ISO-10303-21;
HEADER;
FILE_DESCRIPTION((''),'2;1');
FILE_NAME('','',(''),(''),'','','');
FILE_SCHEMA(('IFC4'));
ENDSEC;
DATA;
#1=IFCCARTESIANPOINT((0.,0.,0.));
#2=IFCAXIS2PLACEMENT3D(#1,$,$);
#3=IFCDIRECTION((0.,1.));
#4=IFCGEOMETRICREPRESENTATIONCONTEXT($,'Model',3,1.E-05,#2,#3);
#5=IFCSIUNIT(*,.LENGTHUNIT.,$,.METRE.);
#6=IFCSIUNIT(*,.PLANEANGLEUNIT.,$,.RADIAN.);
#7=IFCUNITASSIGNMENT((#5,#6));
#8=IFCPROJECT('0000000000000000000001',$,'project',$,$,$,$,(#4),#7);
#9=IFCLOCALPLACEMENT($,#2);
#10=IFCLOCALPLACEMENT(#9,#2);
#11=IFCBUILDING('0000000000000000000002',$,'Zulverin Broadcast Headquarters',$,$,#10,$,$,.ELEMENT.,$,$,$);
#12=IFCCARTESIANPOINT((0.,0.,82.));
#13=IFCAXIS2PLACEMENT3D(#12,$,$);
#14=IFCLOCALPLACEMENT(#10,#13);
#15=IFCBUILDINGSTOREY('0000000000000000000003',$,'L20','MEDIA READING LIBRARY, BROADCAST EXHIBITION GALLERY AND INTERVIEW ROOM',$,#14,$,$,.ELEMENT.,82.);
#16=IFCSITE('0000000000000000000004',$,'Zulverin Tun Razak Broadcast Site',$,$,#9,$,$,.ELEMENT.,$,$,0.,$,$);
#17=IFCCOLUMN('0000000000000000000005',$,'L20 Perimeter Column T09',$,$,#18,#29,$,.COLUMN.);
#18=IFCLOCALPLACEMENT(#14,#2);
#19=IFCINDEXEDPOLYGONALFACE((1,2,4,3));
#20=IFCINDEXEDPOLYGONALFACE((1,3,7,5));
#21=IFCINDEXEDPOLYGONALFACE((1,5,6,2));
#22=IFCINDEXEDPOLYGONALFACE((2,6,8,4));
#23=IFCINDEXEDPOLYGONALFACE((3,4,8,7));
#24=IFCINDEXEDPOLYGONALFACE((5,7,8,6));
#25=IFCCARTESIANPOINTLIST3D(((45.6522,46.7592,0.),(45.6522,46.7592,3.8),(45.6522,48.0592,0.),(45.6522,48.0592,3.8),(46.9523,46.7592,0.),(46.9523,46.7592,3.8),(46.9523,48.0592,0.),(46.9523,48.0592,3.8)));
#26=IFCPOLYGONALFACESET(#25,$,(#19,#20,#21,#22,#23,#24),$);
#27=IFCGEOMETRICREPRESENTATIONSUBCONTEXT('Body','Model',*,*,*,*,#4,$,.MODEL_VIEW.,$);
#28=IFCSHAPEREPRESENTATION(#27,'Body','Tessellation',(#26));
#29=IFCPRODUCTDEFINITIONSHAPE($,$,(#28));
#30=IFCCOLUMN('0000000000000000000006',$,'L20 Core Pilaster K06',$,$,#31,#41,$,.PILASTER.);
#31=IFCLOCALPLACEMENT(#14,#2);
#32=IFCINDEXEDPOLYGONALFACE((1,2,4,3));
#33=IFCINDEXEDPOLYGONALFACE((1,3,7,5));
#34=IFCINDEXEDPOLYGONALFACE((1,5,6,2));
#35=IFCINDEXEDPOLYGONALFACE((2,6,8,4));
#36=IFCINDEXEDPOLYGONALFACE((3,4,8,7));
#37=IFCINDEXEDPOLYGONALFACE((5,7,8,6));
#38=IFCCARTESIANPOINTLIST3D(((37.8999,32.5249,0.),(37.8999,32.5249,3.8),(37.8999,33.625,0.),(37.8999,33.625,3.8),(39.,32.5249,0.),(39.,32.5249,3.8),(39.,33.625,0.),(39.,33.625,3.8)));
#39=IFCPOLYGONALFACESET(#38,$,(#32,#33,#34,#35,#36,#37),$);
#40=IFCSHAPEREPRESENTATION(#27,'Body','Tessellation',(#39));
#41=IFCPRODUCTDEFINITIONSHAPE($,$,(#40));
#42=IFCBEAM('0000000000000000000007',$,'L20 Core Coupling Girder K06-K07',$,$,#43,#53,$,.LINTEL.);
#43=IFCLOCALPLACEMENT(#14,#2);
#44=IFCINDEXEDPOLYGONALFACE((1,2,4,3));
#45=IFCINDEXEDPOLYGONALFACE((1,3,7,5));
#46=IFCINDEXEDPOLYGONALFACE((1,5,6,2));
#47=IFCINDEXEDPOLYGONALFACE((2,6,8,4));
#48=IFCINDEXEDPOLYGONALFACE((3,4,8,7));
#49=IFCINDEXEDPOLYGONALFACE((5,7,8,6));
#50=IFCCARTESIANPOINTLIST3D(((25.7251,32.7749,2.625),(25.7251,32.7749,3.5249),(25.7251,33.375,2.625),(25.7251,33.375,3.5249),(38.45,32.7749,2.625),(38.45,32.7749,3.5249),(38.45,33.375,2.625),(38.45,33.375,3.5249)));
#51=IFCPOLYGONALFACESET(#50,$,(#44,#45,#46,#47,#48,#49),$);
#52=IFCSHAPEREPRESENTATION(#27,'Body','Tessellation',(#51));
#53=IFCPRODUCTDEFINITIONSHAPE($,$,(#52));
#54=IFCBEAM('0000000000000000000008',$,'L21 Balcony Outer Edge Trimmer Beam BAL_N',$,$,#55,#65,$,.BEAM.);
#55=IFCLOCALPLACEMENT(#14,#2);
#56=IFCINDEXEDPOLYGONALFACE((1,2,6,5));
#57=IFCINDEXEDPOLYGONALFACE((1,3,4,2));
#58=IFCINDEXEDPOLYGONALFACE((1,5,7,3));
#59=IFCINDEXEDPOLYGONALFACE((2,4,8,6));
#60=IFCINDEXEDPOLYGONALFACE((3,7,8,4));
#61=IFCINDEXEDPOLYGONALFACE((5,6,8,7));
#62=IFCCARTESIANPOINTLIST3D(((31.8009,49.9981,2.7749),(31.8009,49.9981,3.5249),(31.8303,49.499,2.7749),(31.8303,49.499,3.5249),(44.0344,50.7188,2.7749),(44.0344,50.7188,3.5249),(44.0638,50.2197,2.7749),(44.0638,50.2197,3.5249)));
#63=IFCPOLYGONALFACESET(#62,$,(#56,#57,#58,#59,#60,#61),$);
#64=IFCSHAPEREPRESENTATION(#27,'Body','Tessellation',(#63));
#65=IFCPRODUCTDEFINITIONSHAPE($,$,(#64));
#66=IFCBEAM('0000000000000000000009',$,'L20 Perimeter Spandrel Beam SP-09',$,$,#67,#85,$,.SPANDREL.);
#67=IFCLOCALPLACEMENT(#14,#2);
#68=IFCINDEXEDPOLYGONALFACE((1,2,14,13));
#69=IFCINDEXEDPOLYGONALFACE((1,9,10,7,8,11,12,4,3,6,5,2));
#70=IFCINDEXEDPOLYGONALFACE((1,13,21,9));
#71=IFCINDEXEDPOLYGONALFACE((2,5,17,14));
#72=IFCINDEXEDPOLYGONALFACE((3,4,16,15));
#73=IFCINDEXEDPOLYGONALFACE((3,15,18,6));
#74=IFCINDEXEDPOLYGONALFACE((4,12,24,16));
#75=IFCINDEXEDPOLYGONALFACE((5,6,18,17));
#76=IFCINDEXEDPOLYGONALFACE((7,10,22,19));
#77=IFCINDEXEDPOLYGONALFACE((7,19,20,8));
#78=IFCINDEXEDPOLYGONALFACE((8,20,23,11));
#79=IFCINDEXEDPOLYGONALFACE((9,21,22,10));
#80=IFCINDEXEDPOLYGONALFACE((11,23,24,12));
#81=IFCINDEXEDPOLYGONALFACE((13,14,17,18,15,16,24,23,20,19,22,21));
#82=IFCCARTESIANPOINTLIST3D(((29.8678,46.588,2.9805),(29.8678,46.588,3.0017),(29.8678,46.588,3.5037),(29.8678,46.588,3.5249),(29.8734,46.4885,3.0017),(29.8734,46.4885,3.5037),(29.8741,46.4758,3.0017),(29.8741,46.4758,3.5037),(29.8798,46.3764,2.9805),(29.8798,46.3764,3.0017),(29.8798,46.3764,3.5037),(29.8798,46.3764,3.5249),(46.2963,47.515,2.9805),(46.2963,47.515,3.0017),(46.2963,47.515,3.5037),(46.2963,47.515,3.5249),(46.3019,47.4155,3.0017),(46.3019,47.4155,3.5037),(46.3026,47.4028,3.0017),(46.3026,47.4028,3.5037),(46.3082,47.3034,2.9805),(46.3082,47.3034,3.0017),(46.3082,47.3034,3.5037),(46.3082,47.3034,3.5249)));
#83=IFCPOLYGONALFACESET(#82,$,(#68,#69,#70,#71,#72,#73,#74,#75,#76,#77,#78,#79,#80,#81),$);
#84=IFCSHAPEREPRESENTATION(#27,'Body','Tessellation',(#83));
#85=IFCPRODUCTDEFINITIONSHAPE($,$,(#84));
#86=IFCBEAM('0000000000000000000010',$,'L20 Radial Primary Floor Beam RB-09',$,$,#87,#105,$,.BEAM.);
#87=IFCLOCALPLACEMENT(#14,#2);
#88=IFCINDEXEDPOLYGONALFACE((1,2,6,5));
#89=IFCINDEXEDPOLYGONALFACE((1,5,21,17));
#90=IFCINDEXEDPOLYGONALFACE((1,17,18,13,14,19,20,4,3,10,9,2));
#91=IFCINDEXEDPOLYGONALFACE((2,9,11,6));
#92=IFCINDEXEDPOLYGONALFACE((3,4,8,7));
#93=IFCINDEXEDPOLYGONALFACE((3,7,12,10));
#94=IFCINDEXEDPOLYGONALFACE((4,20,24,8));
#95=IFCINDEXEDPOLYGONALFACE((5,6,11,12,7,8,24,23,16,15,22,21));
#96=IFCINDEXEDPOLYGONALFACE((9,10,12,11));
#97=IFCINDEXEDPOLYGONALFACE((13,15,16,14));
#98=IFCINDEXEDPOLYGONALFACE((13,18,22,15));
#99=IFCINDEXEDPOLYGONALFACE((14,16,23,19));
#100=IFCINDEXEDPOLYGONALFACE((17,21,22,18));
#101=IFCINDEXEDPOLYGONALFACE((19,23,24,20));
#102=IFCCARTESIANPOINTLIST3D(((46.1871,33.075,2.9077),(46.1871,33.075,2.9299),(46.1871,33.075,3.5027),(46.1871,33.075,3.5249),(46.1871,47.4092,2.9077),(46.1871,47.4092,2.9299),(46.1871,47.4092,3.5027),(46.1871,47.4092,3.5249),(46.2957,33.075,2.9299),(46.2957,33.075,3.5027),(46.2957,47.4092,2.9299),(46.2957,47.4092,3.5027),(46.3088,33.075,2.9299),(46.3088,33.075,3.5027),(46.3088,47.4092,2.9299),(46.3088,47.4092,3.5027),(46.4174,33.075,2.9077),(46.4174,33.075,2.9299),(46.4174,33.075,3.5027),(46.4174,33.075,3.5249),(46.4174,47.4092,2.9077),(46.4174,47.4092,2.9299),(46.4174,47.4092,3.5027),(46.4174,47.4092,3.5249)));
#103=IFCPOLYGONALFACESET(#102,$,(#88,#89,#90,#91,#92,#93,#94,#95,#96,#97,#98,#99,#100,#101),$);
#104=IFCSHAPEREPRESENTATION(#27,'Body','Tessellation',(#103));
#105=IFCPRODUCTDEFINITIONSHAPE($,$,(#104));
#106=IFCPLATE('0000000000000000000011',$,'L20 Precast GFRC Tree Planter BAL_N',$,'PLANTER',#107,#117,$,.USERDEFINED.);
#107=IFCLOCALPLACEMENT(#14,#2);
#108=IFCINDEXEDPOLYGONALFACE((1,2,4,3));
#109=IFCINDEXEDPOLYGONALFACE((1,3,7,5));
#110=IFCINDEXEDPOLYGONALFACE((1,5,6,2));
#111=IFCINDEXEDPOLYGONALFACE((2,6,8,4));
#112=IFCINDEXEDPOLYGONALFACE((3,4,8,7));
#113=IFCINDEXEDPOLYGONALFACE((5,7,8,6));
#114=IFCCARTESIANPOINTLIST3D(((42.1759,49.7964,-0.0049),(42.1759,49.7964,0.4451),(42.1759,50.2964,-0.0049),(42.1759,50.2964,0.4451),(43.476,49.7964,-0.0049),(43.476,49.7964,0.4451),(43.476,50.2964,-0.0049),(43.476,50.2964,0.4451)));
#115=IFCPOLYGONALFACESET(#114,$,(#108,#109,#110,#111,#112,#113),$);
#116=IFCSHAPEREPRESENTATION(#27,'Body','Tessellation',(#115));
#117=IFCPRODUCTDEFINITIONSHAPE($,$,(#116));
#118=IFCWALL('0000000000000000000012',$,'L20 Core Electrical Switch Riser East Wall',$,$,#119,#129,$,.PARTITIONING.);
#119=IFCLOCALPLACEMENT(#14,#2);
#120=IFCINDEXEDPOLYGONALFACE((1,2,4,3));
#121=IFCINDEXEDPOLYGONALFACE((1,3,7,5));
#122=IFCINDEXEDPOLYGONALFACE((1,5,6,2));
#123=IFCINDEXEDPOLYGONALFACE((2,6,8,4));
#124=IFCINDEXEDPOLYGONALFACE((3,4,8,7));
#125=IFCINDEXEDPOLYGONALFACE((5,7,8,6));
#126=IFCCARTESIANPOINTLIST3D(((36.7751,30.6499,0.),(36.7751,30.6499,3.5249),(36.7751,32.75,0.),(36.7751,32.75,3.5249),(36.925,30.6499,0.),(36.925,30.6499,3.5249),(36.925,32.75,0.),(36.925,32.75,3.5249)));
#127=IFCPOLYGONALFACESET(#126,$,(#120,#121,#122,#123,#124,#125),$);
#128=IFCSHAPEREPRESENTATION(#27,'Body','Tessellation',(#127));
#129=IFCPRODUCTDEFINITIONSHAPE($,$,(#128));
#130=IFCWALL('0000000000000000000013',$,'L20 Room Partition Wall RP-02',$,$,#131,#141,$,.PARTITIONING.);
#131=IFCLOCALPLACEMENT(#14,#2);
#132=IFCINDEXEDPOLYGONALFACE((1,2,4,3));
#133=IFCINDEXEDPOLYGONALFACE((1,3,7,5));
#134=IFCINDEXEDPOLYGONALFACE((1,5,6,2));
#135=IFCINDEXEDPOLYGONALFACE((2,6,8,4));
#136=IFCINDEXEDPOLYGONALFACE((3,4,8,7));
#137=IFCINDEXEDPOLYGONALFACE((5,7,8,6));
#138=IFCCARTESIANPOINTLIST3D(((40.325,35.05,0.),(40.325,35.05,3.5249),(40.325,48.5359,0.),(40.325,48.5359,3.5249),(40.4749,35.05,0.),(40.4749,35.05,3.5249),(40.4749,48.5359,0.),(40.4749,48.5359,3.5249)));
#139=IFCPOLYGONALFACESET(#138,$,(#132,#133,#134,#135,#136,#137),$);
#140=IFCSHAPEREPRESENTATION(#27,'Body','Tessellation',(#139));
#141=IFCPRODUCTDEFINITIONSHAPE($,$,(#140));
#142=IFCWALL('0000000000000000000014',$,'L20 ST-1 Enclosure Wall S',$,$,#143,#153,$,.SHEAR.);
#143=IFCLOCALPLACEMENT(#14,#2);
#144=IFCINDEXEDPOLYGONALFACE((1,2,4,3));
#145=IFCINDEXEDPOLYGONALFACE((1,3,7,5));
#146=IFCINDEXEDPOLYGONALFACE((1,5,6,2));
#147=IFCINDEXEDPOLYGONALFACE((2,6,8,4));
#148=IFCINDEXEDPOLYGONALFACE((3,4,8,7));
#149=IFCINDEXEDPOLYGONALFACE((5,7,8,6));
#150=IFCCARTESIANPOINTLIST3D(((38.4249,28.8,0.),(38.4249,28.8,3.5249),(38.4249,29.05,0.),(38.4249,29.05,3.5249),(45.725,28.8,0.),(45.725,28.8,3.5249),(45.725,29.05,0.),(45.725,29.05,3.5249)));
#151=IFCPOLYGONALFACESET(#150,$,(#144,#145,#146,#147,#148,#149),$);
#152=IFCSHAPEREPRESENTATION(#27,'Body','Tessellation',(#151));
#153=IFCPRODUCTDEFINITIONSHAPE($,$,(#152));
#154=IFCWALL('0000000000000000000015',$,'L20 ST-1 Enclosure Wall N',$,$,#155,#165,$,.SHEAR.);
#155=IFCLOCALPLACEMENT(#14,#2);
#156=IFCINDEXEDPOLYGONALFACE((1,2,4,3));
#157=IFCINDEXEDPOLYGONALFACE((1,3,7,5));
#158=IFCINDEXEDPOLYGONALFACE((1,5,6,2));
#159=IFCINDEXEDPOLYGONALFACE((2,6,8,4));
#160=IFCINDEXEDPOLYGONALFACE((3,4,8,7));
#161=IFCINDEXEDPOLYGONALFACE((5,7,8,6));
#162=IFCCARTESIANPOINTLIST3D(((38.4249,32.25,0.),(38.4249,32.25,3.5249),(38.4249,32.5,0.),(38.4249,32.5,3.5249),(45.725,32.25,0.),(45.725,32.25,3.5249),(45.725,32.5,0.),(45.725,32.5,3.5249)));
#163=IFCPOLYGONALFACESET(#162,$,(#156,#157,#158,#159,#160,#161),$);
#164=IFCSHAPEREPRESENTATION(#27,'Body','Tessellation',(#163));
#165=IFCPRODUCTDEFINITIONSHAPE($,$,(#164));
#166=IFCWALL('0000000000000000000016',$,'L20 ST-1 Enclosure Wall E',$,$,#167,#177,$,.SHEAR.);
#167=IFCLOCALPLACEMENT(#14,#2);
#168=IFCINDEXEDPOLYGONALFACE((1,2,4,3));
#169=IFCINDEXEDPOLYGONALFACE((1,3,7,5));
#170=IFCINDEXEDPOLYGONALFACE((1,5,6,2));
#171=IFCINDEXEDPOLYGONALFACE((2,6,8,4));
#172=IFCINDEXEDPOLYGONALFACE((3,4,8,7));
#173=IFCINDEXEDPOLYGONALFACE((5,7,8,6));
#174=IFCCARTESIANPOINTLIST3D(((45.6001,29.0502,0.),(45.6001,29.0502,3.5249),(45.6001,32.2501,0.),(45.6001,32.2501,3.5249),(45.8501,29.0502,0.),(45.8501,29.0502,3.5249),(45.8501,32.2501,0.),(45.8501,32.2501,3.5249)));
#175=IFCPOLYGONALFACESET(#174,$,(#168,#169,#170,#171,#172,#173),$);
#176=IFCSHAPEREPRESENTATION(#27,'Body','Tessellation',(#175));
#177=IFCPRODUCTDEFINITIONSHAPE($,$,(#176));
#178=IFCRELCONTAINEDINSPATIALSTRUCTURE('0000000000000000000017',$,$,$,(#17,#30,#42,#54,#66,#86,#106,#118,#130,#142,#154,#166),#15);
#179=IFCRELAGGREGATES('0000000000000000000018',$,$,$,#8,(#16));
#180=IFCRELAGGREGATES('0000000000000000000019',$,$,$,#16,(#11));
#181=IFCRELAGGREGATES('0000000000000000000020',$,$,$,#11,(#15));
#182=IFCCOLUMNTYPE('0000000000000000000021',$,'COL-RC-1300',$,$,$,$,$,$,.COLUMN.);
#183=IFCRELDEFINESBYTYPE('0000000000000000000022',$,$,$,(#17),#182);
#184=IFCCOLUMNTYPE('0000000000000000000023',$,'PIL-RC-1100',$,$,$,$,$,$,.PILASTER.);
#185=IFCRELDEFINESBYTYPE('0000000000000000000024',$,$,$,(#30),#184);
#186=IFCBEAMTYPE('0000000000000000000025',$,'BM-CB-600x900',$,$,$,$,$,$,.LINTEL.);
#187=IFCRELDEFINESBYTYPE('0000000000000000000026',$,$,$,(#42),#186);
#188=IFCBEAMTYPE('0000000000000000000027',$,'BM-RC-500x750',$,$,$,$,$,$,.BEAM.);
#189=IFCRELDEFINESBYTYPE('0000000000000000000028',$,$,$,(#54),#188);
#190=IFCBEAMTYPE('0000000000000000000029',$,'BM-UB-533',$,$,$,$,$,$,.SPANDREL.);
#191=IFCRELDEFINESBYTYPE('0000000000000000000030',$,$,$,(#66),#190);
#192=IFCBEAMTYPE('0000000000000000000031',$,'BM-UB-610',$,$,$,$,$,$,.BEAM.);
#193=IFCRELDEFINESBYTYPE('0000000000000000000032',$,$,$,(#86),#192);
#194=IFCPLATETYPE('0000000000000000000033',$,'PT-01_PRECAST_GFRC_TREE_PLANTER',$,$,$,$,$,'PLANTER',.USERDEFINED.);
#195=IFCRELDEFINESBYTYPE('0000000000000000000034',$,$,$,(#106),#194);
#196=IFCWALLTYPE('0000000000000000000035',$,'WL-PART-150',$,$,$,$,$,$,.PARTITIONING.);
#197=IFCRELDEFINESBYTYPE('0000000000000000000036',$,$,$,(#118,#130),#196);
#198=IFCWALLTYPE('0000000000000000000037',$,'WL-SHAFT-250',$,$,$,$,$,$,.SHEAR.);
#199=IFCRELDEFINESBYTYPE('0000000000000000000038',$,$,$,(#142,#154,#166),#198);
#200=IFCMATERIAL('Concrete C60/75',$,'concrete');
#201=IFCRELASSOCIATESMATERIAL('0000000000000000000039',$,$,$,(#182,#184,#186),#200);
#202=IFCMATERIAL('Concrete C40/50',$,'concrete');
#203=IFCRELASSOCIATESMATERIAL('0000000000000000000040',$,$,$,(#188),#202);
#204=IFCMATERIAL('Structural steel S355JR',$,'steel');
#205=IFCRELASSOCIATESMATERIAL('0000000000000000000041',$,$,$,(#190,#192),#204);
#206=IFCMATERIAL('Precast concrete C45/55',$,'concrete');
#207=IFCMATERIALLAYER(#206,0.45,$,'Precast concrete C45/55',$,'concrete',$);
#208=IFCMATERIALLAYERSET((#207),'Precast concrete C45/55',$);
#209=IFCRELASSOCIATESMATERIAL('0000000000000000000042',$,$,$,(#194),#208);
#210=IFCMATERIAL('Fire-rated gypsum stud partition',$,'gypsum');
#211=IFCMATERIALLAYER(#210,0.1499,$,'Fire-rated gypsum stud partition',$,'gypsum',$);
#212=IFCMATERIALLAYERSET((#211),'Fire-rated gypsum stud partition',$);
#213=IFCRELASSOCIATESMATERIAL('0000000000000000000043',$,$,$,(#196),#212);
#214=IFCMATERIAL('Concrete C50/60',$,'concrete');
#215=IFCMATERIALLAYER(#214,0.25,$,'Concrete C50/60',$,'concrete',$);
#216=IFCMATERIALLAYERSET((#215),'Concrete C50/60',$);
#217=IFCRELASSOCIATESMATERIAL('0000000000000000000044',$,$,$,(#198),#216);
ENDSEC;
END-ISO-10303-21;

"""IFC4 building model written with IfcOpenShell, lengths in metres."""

from ifc_helpers import new_model, si_unit, direction, frame, frame_2d, origin, origin_2d, place, context, subcontext, project, spatial, rectangle, i_section, extrude, material, layer, layer_set, material_profile, profile_set, type_object, element, save


model = new_model("IFC4")

# Units and contexts
model_context = context("Model", 3, precision=1e-05, world=origin(), true_north=direction((0.0, 1.0)))
body_context = subcontext(model_context, "Body", "Model", "MODEL_VIEW")
ifc_project = project(units=[si_unit("LENGTHUNIT", "METRE"), si_unit("PLANEANGLEUNIT", "RADIAN")], contexts=[model_context])

# Site, building, storey
site_placement = place(None, origin())
site = spatial("IfcSite", under=ifc_project, at=site_placement, Name="Zulverin Tun Razak Broadcast Site", CompositionType="ELEMENT", RefElevation=0.0)
building_placement = place(site_placement, origin())
building = spatial("IfcBuilding", under=site, at=building_placement, Name="Zulverin Broadcast Headquarters", CompositionType="ELEMENT")
storey_placement = place(building_placement, frame((0.0, 0.0, 82.0)))
storey = spatial("IfcBuildingStorey", under=building, at=storey_placement, Name="L20", Description="MEDIA READING LIBRARY, BROADCAST EXHIBITION GALLERY AND INTERVIEW ROOM", CompositionType="ELEMENT", Elevation=82.0)

# Columns
ifc_material_1 = material(Name="Concrete C60/75", Category="concrete")
ifc_material_profile_1 = material_profile(ifc_material_1, rectangle(XDim=1.3, YDim=1.3, at=origin_2d()), Name="Concrete C60/75", Category="concrete")
ifc_profile_set_1 = profile_set([ifc_material_profile_1], Name="Concrete C60/75")
column_type_1 = type_object("IfcColumnType", Name="COL-RC-1300", PredefinedType="COLUMN", material=ifc_profile_set_1)
column_1_placement = place(storey_placement, frame((46.3022, 47.4092, 0.0), z_axis=(0.0, 0.0, 1.0), x_axis=(1.0, 0.0, 0.0)))
element("IfcColumn", 1, at=column_1_placement, inside=storey, type_object=column_type_1, Name="L20 Perimeter Column T09", PredefinedType="COLUMN", context=body_context, shape_type="SweptSolid", body=[
    extrude(rectangle(XDim=1.3, YDim=1.3, at=origin_2d()), origin(), (0.0, 0.0, 1.0), 3.8),
])
ifc_material_profile_2 = material_profile(ifc_material_1, rectangle(XDim=1.1001, YDim=1.1001, at=origin_2d()), Name="Concrete C60/75", Category="concrete")
ifc_profile_set_2 = profile_set([ifc_material_profile_2], Name="Concrete C60/75")
column_type_2 = type_object("IfcColumnType", Name="PIL-RC-1100", PredefinedType="PILASTER", material=ifc_profile_set_2)
column_2_placement = place(storey_placement, frame((38.45, 33.075, 0.0), z_axis=(0.0, 0.0, 1.0), x_axis=(1.0, 0.0, 0.0)))
element("IfcColumn", 2, at=column_2_placement, inside=storey, type_object=column_type_2, Name="L20 Core Pilaster K06", PredefinedType="PILASTER", context=body_context, shape_type="SweptSolid", body=[
    extrude(rectangle(XDim=1.1001, YDim=1.1001, at=origin_2d()), origin(), (0.0, 0.0, 1.0), 3.8),
])

# Beams
ifc_material_profile_3 = material_profile(ifc_material_1, rectangle(XDim=0.6001, YDim=0.8999, at=origin_2d()), Name="Concrete C60/75", Category="concrete")
ifc_profile_set_3 = profile_set([ifc_material_profile_3], Name="Concrete C60/75")
beam_type_1 = type_object("IfcBeamType", Name="BM-CB-600x900", PredefinedType="LINTEL", material=ifc_profile_set_3)
beam_1_placement = place(storey_placement, frame((38.45, 33.075, 3.075), z_axis=(-1.0, 0.0, 0.0), x_axis=(0.0, -1.0, 0.0)))
element("IfcBeam", 3, at=beam_1_placement, inside=storey, type_object=beam_type_1, Name="L20 Core Coupling Girder K06-K07", PredefinedType="LINTEL", context=body_context, shape_type="SweptSolid", body=[
    extrude(rectangle(XDim=0.6001, YDim=0.8999, at=origin_2d()), origin(), (0.0, 0.0, 1.0), 12.7249),
])
ifc_material_2 = material(Name="Concrete C40/50", Category="concrete")
ifc_material_profile_4 = material_profile(ifc_material_2, rectangle(XDim=0.5, YDim=0.75, at=origin_2d()), Name="Concrete C40/50", Category="concrete")
ifc_profile_set_4 = profile_set([ifc_material_profile_4], Name="Concrete C40/50")
beam_type_2 = type_object("IfcBeamType", Name="BM-RC-500x750", PredefinedType="BEAM", material=ifc_profile_set_4)
beam_2_placement = place(storey_placement, frame((44.0491, 50.4692, 3.1499), z_axis=(-0.998269, -0.058811, 0.0), x_axis=(0.058811, -0.998269, 0.0)))
element("IfcBeam", 4, at=beam_2_placement, inside=storey, type_object=beam_type_2, Name="L21 Balcony Outer Edge Trimmer Beam BAL_N", PredefinedType="BEAM", context=body_context, shape_type="SweptSolid", body=[
    extrude(rectangle(XDim=0.5, YDim=0.75, at=origin_2d()), origin(), (0.0, 0.0, 1.0), 12.2546),
])
ifc_material_3 = material(Name="Structural steel S355JR", Category="steel")
ifc_material_profile_5 = material_profile(ifc_material_3, i_section(OverallWidth=0.2119, OverallDepth=0.5444, WebThickness=0.0127, FlangeThickness=0.0212, at=origin_2d()), Name="Structural steel S355JR", Category="steel")
ifc_profile_set_5 = profile_set([ifc_material_profile_5], Name="Structural steel S355JR")
beam_type_3 = type_object("IfcBeamType", Name="BM-UB-533", PredefinedType="SPANDREL", material=ifc_profile_set_5)
beam_3_placement = place(storey_placement, frame((46.3022, 47.4092, 3.2527), z_axis=(-0.998412, -0.056337, 0.0), x_axis=(0.056337, -0.998412, 0.0)))
element("IfcBeam", 5, at=beam_3_placement, inside=storey, type_object=beam_type_3, Name="L20 Perimeter Spandrel Beam SP-09", PredefinedType="SPANDREL", context=body_context, shape_type="SweptSolid", body=[
    extrude(i_section(OverallWidth=0.2119, OverallDepth=0.5444, WebThickness=0.0127, FlangeThickness=0.0212, at=origin_2d()), origin(), (0.0, 0.0, 1.0), 16.4546),
])
ifc_material_profile_6 = material_profile(ifc_material_3, i_section(OverallWidth=0.2302, OverallDepth=0.6172, WebThickness=0.0132, FlangeThickness=0.0222, at=origin_2d()), Name="Structural steel S355JR", Category="steel")
ifc_profile_set_6 = profile_set([ifc_material_profile_6], Name="Structural steel S355JR")
beam_type_4 = type_object("IfcBeamType", Name="BM-UB-610", PredefinedType="BEAM", material=ifc_profile_set_6)
beam_4_placement = place(storey_placement, frame((46.3022, 33.075, 3.2163), z_axis=(0.0, 1.0, 0.0), x_axis=(-1.0, 0.0, 0.0)))
element("IfcBeam", 6, at=beam_4_placement, inside=storey, type_object=beam_type_4, Name="L20 Radial Primary Floor Beam RB-09", PredefinedType="BEAM", context=body_context, shape_type="SweptSolid", body=[
    extrude(i_section(OverallWidth=0.2302, OverallDepth=0.6172, WebThickness=0.0132, FlangeThickness=0.0222, at=origin_2d()), origin(), (0.0, 0.0, 1.0), 14.3342),
])

# Plate
ifc_material_4 = material(Name="Precast concrete C45/55", Category="concrete")
ifc_layer_1 = layer(ifc_material_4, 0.45, Name="Precast concrete C45/55", Category="concrete")
ifc_layer_set_1 = layer_set([ifc_layer_1], Name="Precast concrete C45/55")
plate_type = type_object("IfcPlateType", Name="PT-01_PRECAST_GFRC_TREE_PLANTER", ElementType="PLANTER", PredefinedType="USERDEFINED", material=ifc_layer_set_1)
plate_placement = place(storey_placement, frame((42.8259, 50.0464, -0.0049), z_axis=(0.0, 0.0, 1.0), x_axis=(1.0, 0.0, 0.0)))
element("IfcPlate", 7, at=plate_placement, inside=storey, type_object=plate_type, Name="L20 Precast GFRC Tree Planter BAL_N", ObjectType="PLANTER", PredefinedType="USERDEFINED", context=body_context, shape_type="SweptSolid", body=[
    extrude(rectangle(XDim=1.3, YDim=0.5, at=origin_2d()), origin(), (0.0, 0.0, 1.0), 0.45),
])

# Walls
ifc_material_5 = material(Name="Fire-rated gypsum stud partition", Category="gypsum")
ifc_layer_2 = layer(ifc_material_5, 0.1499, Name="Fire-rated gypsum stud partition", Category="gypsum")
ifc_layer_set_2 = layer_set([ifc_layer_2], Name="Fire-rated gypsum stud partition")
wall_type_1 = type_object("IfcWallType", Name="WL-PART-150", PredefinedType="PARTITIONING", material=ifc_layer_set_2)
wall_1_placement = place(storey_placement, frame((36.8501, 30.6499, 0.0), z_axis=(0.0, 0.0, 1.0), x_axis=(0.0, 1.0, 0.0)))
element("IfcWall", 8, at=wall_1_placement, inside=storey, type_object=wall_type_1, Name="L20 Core Electrical Switch Riser East Wall", PredefinedType="PARTITIONING", context=body_context, shape_type="SweptSolid", body=[
    extrude(rectangle(XDim=2.1001, YDim=0.1499, at=frame_2d((1.05, 0.0))), origin(), (0.0, 0.0, 1.0), 3.5249),
])
wall_2_placement = place(storey_placement, frame((40.3999, 35.05, 0.0), z_axis=(0.0, 0.0, 1.0), x_axis=(0.0, 1.0, 0.0)))
element("IfcWall", 9, at=wall_2_placement, inside=storey, type_object=wall_type_1, Name="L20 Room Partition Wall RP-02", PredefinedType="PARTITIONING", context=body_context, shape_type="SweptSolid", body=[
    extrude(rectangle(XDim=13.4858, YDim=0.1499, at=frame_2d((6.7429, 0.0))), origin(), (0.0, 0.0, 1.0), 3.5249),
])
ifc_material_6 = material(Name="Concrete C50/60", Category="concrete")
ifc_layer_3 = layer(ifc_material_6, 0.25, Name="Concrete C50/60", Category="concrete")
ifc_layer_set_3 = layer_set([ifc_layer_3], Name="Concrete C50/60")
wall_type_2 = type_object("IfcWallType", Name="WL-SHAFT-250", PredefinedType="SHEAR", material=ifc_layer_set_3)
for number, where, z_axis, x_axis, name in (
    (10, (38.425, 28.925, 0.0), (0.0, 0.0, 1.0), (1.0, 0.0, 0.0), "L20 ST-1 Enclosure Wall S"),
    (11, (38.425, 32.375, 0.0), (0.0, 0.0, 1.0), (1.0, 0.0, 0.0), "L20 ST-1 Enclosure Wall N"),
):
    element("IfcWall", number, at=place(storey_placement, frame(where, z_axis=z_axis, x_axis=x_axis)), inside=storey, type_object=wall_type_2, Name=name, PredefinedType="SHEAR", context=body_context, shape_type="SweptSolid", body=[
        extrude(rectangle(XDim=7.3, YDim=0.25, at=frame_2d((3.6499, 0.0))), origin(), (0.0, 0.0, 1.0), 3.5249),
    ])

# Wall
wall_3_placement = place(storey_placement, frame((45.7251, 29.05, 0.0), z_axis=(0.0, 0.0, 1.0), x_axis=(0.0, 1.0, 0.0)))
element("IfcWall", 12, at=wall_3_placement, inside=storey, type_object=wall_type_2, Name="L20 ST-1 Enclosure Wall E", PredefinedType="SHEAR", context=body_context, shape_type="SweptSolid", body=[
    extrude(rectangle(XDim=3.2, YDim=0.25, at=frame_2d((1.6001, 0.0))), origin(), (0.0, 0.0, 1.0), 3.5249),
])

save(model, "model.ifc")
